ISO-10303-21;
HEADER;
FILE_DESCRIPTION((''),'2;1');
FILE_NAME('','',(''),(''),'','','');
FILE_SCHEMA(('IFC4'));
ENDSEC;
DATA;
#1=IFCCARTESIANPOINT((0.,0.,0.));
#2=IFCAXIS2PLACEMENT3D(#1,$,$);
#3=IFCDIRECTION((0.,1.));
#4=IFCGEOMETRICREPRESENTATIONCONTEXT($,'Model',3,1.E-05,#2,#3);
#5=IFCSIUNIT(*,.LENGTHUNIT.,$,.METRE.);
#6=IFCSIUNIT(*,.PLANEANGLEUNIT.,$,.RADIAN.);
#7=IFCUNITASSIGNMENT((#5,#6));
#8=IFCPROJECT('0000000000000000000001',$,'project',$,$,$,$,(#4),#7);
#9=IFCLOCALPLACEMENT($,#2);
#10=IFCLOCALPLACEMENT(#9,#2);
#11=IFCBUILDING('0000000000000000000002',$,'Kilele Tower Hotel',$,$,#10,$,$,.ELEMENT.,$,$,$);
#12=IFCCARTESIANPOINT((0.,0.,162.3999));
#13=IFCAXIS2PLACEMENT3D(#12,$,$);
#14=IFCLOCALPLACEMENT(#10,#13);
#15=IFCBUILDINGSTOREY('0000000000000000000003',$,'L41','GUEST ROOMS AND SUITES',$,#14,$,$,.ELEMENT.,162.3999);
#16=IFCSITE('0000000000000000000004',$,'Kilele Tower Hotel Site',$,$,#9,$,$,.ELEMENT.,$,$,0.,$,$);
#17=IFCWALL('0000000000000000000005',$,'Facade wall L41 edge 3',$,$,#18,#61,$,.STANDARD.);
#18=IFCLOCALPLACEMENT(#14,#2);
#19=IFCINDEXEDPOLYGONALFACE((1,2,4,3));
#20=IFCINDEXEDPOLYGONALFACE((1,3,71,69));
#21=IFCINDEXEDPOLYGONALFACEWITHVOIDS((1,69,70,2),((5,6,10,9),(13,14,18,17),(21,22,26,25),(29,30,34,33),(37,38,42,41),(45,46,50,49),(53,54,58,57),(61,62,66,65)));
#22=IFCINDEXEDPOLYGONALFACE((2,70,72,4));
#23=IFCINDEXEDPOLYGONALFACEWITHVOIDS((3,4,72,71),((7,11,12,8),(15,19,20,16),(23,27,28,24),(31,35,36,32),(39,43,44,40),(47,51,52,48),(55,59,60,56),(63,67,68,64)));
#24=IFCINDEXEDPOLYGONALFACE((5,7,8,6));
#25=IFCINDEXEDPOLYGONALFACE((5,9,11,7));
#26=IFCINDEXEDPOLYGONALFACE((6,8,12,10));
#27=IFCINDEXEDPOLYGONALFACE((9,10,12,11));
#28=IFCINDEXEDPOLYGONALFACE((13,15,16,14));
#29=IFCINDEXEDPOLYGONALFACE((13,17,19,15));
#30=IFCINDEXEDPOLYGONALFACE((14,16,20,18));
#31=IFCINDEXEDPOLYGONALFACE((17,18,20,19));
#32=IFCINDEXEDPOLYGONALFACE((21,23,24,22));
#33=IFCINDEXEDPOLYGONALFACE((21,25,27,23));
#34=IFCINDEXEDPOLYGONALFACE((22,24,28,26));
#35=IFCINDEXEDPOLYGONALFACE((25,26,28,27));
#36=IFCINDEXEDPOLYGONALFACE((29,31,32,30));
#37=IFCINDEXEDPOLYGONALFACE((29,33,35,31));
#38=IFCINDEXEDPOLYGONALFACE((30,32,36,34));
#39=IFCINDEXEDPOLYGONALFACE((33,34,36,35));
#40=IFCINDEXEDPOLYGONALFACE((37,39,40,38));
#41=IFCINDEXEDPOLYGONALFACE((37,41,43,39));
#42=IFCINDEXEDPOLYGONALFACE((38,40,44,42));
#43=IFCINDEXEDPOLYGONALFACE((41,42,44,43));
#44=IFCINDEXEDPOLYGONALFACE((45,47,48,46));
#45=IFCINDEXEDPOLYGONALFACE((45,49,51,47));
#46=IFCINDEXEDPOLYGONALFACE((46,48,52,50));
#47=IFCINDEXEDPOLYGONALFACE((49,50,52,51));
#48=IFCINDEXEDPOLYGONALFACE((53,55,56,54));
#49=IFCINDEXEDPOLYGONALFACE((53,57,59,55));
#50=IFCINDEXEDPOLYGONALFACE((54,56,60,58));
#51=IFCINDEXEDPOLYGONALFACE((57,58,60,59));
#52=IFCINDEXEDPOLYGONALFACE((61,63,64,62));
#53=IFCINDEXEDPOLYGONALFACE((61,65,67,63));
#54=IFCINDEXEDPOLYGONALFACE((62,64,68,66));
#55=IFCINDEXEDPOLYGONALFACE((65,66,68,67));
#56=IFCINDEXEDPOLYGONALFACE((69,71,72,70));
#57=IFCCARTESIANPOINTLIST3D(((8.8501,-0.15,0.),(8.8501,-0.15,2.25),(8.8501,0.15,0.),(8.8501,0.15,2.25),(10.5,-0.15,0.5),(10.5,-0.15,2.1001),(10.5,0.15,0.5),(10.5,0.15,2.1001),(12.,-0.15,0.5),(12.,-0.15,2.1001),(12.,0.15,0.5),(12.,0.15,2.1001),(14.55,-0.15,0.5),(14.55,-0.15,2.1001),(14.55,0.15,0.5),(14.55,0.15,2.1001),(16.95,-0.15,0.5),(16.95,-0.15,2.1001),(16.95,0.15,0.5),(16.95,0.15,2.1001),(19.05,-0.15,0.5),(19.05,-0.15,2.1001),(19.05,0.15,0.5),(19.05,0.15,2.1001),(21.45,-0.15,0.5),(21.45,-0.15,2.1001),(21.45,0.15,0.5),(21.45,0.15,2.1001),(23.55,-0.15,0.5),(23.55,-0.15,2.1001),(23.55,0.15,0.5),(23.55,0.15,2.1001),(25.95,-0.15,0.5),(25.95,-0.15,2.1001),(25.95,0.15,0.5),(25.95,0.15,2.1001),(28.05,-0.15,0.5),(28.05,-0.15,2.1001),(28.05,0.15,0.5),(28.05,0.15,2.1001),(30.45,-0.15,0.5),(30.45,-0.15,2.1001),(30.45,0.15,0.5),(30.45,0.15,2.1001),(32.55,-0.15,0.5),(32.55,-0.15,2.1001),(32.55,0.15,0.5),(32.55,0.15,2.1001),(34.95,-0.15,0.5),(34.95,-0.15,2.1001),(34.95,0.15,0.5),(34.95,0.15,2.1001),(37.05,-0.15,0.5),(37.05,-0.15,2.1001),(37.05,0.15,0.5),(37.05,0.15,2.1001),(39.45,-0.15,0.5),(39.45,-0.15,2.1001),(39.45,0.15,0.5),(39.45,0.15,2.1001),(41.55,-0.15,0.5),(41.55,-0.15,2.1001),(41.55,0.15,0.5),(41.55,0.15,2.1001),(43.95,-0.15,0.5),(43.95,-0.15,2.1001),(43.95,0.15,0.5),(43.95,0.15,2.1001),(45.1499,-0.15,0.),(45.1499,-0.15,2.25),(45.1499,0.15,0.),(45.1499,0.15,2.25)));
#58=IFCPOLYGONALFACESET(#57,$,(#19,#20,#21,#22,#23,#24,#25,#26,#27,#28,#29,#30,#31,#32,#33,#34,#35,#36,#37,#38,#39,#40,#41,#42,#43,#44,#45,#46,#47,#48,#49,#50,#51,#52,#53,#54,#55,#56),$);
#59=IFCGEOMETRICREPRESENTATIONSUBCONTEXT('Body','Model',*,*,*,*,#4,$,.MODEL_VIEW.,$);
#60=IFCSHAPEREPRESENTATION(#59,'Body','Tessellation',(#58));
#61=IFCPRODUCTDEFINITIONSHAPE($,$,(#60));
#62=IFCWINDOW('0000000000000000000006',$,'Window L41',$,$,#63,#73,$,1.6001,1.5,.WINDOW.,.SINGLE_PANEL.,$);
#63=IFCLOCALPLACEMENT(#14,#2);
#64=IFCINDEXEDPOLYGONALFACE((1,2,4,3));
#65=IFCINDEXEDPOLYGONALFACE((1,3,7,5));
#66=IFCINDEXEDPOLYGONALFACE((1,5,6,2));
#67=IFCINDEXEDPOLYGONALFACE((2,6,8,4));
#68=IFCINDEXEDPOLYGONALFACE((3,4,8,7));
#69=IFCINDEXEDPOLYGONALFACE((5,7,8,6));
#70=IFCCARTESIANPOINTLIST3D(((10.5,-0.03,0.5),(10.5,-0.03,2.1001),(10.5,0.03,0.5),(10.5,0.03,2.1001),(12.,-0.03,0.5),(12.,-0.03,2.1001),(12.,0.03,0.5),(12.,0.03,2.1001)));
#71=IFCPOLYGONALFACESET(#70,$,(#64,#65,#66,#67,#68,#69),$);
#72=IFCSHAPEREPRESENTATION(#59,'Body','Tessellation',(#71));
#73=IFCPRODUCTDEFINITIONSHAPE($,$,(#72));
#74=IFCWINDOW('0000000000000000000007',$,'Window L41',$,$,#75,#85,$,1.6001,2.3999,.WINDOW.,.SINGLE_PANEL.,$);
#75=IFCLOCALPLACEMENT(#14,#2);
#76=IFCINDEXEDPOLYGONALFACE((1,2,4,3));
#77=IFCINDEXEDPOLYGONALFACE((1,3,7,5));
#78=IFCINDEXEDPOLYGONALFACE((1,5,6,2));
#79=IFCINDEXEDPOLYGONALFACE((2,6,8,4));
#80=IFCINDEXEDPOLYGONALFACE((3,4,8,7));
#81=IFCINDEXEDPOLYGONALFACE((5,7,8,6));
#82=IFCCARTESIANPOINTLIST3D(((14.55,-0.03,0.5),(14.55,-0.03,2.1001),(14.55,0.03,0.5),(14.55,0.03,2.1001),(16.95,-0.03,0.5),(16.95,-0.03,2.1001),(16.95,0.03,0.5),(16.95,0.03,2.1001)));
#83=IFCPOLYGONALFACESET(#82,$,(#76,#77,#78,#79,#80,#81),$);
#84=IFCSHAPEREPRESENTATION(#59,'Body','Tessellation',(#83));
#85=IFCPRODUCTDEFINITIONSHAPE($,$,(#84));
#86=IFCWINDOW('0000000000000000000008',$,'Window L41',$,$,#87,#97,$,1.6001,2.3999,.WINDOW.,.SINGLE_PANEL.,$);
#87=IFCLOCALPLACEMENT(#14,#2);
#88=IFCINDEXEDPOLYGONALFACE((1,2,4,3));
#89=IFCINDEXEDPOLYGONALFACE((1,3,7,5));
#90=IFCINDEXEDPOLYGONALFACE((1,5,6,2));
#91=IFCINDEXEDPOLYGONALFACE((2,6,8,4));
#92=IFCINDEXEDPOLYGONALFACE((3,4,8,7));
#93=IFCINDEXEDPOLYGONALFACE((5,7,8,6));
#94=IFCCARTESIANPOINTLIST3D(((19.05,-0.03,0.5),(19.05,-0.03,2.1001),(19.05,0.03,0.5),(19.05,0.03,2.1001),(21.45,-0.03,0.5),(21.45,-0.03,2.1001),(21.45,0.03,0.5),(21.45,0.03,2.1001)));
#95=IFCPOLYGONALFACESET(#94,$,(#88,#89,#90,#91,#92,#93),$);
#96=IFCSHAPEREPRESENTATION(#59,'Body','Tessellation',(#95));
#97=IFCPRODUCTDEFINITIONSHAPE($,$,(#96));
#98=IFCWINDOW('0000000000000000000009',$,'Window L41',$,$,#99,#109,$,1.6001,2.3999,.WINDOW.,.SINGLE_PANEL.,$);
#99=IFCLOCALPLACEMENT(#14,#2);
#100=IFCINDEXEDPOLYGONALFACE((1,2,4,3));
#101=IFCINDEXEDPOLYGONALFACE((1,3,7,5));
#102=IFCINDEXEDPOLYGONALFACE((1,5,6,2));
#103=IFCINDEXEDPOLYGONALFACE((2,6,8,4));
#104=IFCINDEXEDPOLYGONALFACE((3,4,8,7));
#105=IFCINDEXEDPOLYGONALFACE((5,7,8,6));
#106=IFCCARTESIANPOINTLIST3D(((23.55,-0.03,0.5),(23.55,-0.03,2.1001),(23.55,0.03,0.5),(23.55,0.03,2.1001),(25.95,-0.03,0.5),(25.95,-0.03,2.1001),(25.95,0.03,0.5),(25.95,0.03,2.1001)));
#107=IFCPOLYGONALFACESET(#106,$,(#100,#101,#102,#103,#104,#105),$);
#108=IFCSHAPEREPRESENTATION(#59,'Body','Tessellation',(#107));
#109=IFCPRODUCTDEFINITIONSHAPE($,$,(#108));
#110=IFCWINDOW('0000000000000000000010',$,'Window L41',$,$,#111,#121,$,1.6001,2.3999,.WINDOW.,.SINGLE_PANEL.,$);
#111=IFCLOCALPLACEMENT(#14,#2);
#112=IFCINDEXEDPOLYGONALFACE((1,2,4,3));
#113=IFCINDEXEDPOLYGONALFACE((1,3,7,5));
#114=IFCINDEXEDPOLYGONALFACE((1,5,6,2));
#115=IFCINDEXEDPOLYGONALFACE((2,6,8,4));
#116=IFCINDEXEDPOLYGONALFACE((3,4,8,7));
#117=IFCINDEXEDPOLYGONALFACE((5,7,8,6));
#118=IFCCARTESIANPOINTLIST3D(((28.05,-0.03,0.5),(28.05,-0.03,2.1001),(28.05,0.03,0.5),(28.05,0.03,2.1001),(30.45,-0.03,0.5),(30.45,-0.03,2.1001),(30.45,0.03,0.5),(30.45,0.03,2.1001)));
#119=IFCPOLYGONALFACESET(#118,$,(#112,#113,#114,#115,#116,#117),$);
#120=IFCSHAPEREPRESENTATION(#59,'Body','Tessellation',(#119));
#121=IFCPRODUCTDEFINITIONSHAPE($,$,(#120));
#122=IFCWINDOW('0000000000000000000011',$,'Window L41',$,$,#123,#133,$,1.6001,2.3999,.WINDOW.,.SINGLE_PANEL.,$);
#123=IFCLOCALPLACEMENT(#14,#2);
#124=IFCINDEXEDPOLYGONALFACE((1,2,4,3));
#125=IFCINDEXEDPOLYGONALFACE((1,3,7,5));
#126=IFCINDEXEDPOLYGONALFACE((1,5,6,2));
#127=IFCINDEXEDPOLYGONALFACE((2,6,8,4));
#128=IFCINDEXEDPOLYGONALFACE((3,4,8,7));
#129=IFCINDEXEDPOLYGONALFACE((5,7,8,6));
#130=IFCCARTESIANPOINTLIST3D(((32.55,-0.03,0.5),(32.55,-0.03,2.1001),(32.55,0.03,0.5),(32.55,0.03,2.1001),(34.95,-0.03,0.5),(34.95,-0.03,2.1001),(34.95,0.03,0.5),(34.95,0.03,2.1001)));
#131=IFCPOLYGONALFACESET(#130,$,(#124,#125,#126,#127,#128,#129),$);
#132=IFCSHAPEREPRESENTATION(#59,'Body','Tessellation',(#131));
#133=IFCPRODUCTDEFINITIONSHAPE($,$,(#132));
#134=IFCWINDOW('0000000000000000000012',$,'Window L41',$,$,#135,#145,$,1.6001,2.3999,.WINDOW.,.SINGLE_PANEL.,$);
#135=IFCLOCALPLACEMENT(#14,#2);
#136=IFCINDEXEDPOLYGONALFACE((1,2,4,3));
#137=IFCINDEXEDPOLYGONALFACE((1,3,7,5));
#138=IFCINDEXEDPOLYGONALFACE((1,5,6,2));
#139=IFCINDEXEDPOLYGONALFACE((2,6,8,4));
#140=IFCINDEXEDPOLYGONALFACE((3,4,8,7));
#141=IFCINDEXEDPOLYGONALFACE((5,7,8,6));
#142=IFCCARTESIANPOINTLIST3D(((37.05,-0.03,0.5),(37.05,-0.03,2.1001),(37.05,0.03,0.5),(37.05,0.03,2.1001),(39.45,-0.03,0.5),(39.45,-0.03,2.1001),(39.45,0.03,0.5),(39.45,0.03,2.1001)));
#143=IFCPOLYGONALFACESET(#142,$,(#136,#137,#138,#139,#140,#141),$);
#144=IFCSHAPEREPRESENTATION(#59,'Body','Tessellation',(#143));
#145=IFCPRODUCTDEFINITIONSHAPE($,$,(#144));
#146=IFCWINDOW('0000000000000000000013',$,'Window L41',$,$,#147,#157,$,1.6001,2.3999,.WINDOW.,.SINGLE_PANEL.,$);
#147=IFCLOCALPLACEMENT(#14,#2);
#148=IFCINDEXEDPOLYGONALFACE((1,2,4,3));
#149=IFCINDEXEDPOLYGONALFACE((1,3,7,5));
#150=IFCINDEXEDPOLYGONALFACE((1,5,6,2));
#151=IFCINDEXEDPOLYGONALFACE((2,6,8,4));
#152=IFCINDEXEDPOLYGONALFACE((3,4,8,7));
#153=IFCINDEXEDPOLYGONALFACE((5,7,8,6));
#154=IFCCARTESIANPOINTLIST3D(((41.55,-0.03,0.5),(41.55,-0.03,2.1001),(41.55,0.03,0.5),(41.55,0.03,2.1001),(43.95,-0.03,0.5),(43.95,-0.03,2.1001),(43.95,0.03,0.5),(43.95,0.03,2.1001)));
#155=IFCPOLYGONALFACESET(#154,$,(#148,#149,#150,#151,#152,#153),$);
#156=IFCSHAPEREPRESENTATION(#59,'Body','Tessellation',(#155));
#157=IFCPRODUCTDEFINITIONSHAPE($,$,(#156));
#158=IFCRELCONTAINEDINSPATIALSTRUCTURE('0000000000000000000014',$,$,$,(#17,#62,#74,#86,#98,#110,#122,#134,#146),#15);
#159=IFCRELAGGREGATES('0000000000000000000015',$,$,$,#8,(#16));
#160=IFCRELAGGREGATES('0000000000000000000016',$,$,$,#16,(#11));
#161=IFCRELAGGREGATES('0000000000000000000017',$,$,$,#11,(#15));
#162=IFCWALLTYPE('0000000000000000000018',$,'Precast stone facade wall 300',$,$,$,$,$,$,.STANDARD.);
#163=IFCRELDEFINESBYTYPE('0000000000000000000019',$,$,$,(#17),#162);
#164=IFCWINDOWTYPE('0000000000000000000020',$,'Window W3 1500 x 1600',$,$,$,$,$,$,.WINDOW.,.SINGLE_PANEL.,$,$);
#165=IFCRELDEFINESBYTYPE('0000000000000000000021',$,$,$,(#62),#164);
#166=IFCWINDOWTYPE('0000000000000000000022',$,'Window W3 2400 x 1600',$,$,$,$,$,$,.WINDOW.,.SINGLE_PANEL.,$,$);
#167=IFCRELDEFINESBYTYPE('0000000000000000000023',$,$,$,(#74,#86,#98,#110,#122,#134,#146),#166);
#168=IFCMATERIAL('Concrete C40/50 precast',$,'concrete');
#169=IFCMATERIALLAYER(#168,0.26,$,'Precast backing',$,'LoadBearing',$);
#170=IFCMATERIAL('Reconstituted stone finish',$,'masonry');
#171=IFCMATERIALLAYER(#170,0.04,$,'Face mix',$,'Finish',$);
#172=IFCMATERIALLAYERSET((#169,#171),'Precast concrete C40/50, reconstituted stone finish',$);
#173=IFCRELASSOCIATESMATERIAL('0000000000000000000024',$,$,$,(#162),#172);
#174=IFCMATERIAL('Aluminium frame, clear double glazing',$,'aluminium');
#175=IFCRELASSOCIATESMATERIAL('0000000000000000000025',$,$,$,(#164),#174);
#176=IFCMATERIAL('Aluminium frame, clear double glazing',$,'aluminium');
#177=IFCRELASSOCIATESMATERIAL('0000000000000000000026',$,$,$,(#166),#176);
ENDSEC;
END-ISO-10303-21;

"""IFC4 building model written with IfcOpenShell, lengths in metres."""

from ifc_helpers import new_model, si_unit, direction, frame, frame_2d, origin, place, context, subcontext, project, spatial, rectangle, extrude, material, layer, layer_set, type_object, element, fill, save


model = new_model("IFC4")

# Units and contexts
model_context = context("Model", 3, precision=1e-05, world=origin(), true_north=direction((0.0, 1.0)))
body_context = subcontext(model_context, "Body", "Model", "MODEL_VIEW")
ifc_project = project(units=[si_unit("LENGTHUNIT", "METRE"), si_unit("PLANEANGLEUNIT", "RADIAN")], contexts=[model_context])

# Site, building, storey
site_placement = place(None, origin())
site = spatial("IfcSite", under=ifc_project, at=site_placement, Name="Kilele Tower Hotel Site", CompositionType="ELEMENT", RefElevation=0.0)
building_placement = place(site_placement, origin())
building = spatial("IfcBuilding", under=site, at=building_placement, Name="Kilele Tower Hotel", CompositionType="ELEMENT")
storey_placement = place(building_placement, frame((0.0, 0.0, 162.3999)))
storey = spatial("IfcBuildingStorey", under=building, at=storey_placement, Name="L41", Description="GUEST ROOMS AND SUITES", CompositionType="ELEMENT", Elevation=162.3999)

# Shared definitions
ifc_material_1 = material(Name="Concrete C40/50 precast", Category="concrete")
ifc_layer_1 = layer(ifc_material_1, 0.26, Name="Precast backing", Category="LoadBearing")
ifc_material_2 = material(Name="Reconstituted stone finish", Category="masonry")
ifc_layer_2 = layer(ifc_material_2, 0.04, Name="Face mix", Category="Finish")
ifc_layer_set_1 = layer_set([ifc_layer_1, ifc_layer_2], Name="Precast concrete C40/50, reconstituted stone finish")
wall_type = type_object("IfcWallType", Name="Precast stone facade wall 300", PredefinedType="STANDARD", material=ifc_layer_set_1)

# Wall, openings, windows
wall_1_placement = place(storey_placement, frame((8.8501, 0.0, 0.0), z_axis=(0.0, 0.0, 1.0), x_axis=(1.0, 0.0, 0.0)))
wall_1 = element("IfcWall", 1, at=wall_1_placement, inside=storey, type_object=wall_type, Name="Facade wall L41 edge 3", PredefinedType="STANDARD", context=body_context, shape_type="SweptSolid", body=[
    extrude(rectangle(XDim=36.2998, YDim=0.3, at=frame_2d((18.1499, 0.0))), origin(), (0.0, 0.0, 1.0), 2.25),
])
opening_1_placement = place(wall_1_placement, frame((1.6499, 0.0, 0.5)))
opening_1 = element("IfcOpeningElement", 2, at=opening_1_placement, cuts=wall_1, PredefinedType="OPENING", context=body_context, shape_type="SweptSolid", body=[
    extrude(rectangle(XDim=1.5, YDim=1.6001, at=frame_2d((0.75, 0.8))), frame((0.0, 0.1599, 0.0), z_axis=(0.0, -1.0, 0.0), x_axis=(1.0, 0.0, 0.0)), (0.0, 0.0, 1.0), 0.3201),
])
opening_2_placement = place(wall_1_placement, frame((5.7, 0.0, 0.5)))
opening_2 = element("IfcOpeningElement", 3, at=opening_2_placement, cuts=wall_1, PredefinedType="OPENING", context=body_context, shape_type="SweptSolid", body=[
    extrude(rectangle(XDim=2.3999, YDim=1.6001, at=frame_2d((1.2, 0.8))), frame((0.0, 0.1599, 0.0), z_axis=(0.0, -1.0, 0.0), x_axis=(1.0, 0.0, 0.0)), (0.0, 0.0, 1.0), 0.3201),
])
opening_3_placement = place(wall_1_placement, frame((10.2, 0.0, 0.5)))
opening_3 = element("IfcOpeningElement", 4, at=opening_3_placement, cuts=wall_1, PredefinedType="OPENING", context=body_context, shape_type="SweptSolid", body=[
    extrude(rectangle(XDim=2.3999, YDim=1.6001, at=frame_2d((1.2, 0.8))), frame((0.0, 0.1599, 0.0), z_axis=(0.0, -1.0, 0.0), x_axis=(1.0, 0.0, 0.0)), (0.0, 0.0, 1.0), 0.3201),
])
opening_4_placement = place(wall_1_placement, frame((14.7, 0.0, 0.5)))
opening_4 = element("IfcOpeningElement", 5, at=opening_4_placement, cuts=wall_1, PredefinedType="OPENING", context=body_context, shape_type="SweptSolid", body=[
    extrude(rectangle(XDim=2.3999, YDim=1.6001, at=frame_2d((1.2, 0.8))), frame((0.0, 0.1599, 0.0), z_axis=(0.0, -1.0, 0.0), x_axis=(1.0, 0.0, 0.0)), (0.0, 0.0, 1.0), 0.3201),
])
opening_5_placement = place(wall_1_placement, frame((19.2, 0.0, 0.5)))
opening_5 = element("IfcOpeningElement", 6, at=opening_5_placement, cuts=wall_1, PredefinedType="OPENING", context=body_context, shape_type="SweptSolid", body=[
    extrude(rectangle(XDim=2.3999, YDim=1.6001, at=frame_2d((1.2, 0.8))), frame((0.0, 0.1599, 0.0), z_axis=(0.0, -1.0, 0.0), x_axis=(1.0, 0.0, 0.0)), (0.0, 0.0, 1.0), 0.3201),
])
opening_6_placement = place(wall_1_placement, frame((23.7, 0.0, 0.5)))
opening_6 = element("IfcOpeningElement", 7, at=opening_6_placement, cuts=wall_1, PredefinedType="OPENING", context=body_context, shape_type="SweptSolid", body=[
    extrude(rectangle(XDim=2.3999, YDim=1.6001, at=frame_2d((1.2, 0.8))), frame((0.0, 0.1599, 0.0), z_axis=(0.0, -1.0, 0.0), x_axis=(1.0, 0.0, 0.0)), (0.0, 0.0, 1.0), 0.3201),
])
opening_7_placement = place(wall_1_placement, frame((28.2, 0.0, 0.5)))
opening_7 = element("IfcOpeningElement", 8, at=opening_7_placement, cuts=wall_1, PredefinedType="OPENING", context=body_context, shape_type="SweptSolid", body=[
    extrude(rectangle(XDim=2.3999, YDim=1.6001, at=frame_2d((1.2, 0.8))), frame((0.0, 0.1599, 0.0), z_axis=(0.0, -1.0, 0.0), x_axis=(1.0, 0.0, 0.0)), (0.0, 0.0, 1.0), 0.3201),
])
opening_8_placement = place(wall_1_placement, frame((32.7, 0.0, 0.5)))
opening_8 = element("IfcOpeningElement", 9, at=opening_8_placement, cuts=wall_1, PredefinedType="OPENING", context=body_context, shape_type="SweptSolid", body=[
    extrude(rectangle(XDim=2.3999, YDim=1.6001, at=frame_2d((1.2, 0.8))), frame((0.0, 0.1599, 0.0), z_axis=(0.0, -1.0, 0.0), x_axis=(1.0, 0.0, 0.0)), (0.0, 0.0, 1.0), 0.3201),
])
ifc_material_3 = material(Name="Aluminium frame, clear double glazing", Category="aluminium")
window_type_1 = type_object("IfcWindowType", Name="Window W3 1500 x 1600", PartitioningType="SINGLE_PANEL", PredefinedType="WINDOW", material=ifc_material_3)
window_1_placement = place(opening_1_placement, origin())
window_1 = element("IfcWindow", 10, at=window_1_placement, inside=storey, type_object=window_type_1, Name="Window L41", OverallHeight=1.6001, OverallWidth=1.5, PartitioningType="SINGLE_PANEL", PredefinedType="WINDOW", context=body_context, shape_type="SweptSolid", body=[
    extrude(rectangle(XDim=1.5, YDim=1.6001, at=frame_2d((0.75, 0.8))), frame((0.0, 0.03, 0.0), z_axis=(0.0, -1.0, 0.0), x_axis=(1.0, 0.0, 0.0)), (0.0, 0.0, 1.0), 0.0601),
])
fill(opening_1, window_1)
ifc_material_4 = material(Name="Aluminium frame, clear double glazing", Category="aluminium")
window_type_2 = type_object("IfcWindowType", Name="Window W3 2400 x 1600", PartitioningType="SINGLE_PANEL", PredefinedType="WINDOW", material=ifc_material_4)
window_2_placement = place(opening_2_placement, origin())
window_2 = element("IfcWindow", 11, at=window_2_placement, inside=storey, type_object=window_type_2, Name="Window L41", OverallHeight=1.6001, OverallWidth=2.3999, PartitioningType="SINGLE_PANEL", PredefinedType="WINDOW", context=body_context, shape_type="SweptSolid", body=[
    extrude(rectangle(XDim=2.3999, YDim=1.6001, at=frame_2d((1.2, 0.8))), frame((0.0, 0.03, 0.0), z_axis=(0.0, -1.0, 0.0), x_axis=(1.0, 0.0, 0.0)), (0.0, 0.0, 1.0), 0.0601),
])
fill(opening_2, window_2)
window_3_placement = place(opening_3_placement, origin())
window_3 = element("IfcWindow", 12, at=window_3_placement, inside=storey, type_object=window_type_2, Name="Window L41", OverallHeight=1.6001, OverallWidth=2.3999, PartitioningType="SINGLE_PANEL", PredefinedType="WINDOW", context=body_context, shape_type="SweptSolid", body=[
    extrude(rectangle(XDim=2.3999, YDim=1.6001, at=frame_2d((1.2, 0.8))), frame((0.0, 0.03, 0.0), z_axis=(0.0, -1.0, 0.0), x_axis=(1.0, 0.0, 0.0)), (0.0, 0.0, 1.0), 0.0601),
])
fill(opening_3, window_3)
window_4_placement = place(opening_4_placement, origin())
window_4 = element("IfcWindow", 13, at=window_4_placement, inside=storey, type_object=window_type_2, Name="Window L41", OverallHeight=1.6001, OverallWidth=2.3999, PartitioningType="SINGLE_PANEL", PredefinedType="WINDOW", context=body_context, shape_type="SweptSolid", body=[
    extrude(rectangle(XDim=2.3999, YDim=1.6001, at=frame_2d((1.2, 0.8))), frame((0.0, 0.03, 0.0), z_axis=(0.0, -1.0, 0.0), x_axis=(1.0, 0.0, 0.0)), (0.0, 0.0, 1.0), 0.0601),
])
fill(opening_4, window_4)
window_5_placement = place(opening_5_placement, origin())
window_5 = element("IfcWindow", 14, at=window_5_placement, inside=storey, type_object=window_type_2, Name="Window L41", OverallHeight=1.6001, OverallWidth=2.3999, PartitioningType="SINGLE_PANEL", PredefinedType="WINDOW", context=body_context, shape_type="SweptSolid", body=[
    extrude(rectangle(XDim=2.3999, YDim=1.6001, at=frame_2d((1.2, 0.8))), frame((0.0, 0.03, 0.0), z_axis=(0.0, -1.0, 0.0), x_axis=(1.0, 0.0, 0.0)), (0.0, 0.0, 1.0), 0.0601),
])
fill(opening_5, window_5)
window_6_placement = place(opening_6_placement, origin())
window_6 = element("IfcWindow", 15, at=window_6_placement, inside=storey, type_object=window_type_2, Name="Window L41", OverallHeight=1.6001, OverallWidth=2.3999, PartitioningType="SINGLE_PANEL", PredefinedType="WINDOW", context=body_context, shape_type="SweptSolid", body=[
    extrude(rectangle(XDim=2.3999, YDim=1.6001, at=frame_2d((1.2, 0.8))), frame((0.0, 0.03, 0.0), z_axis=(0.0, -1.0, 0.0), x_axis=(1.0, 0.0, 0.0)), (0.0, 0.0, 1.0), 0.0601),
])
fill(opening_6, window_6)
window_7_placement = place(opening_7_placement, origin())
window_7 = element("IfcWindow", 16, at=window_7_placement, inside=storey, type_object=window_type_2, Name="Window L41", OverallHeight=1.6001, OverallWidth=2.3999, PartitioningType="SINGLE_PANEL", PredefinedType="WINDOW", context=body_context, shape_type="SweptSolid", body=[
    extrude(rectangle(XDim=2.3999, YDim=1.6001, at=frame_2d((1.2, 0.8))), frame((0.0, 0.03, 0.0), z_axis=(0.0, -1.0, 0.0), x_axis=(1.0, 0.0, 0.0)), (0.0, 0.0, 1.0), 0.0601),
])
fill(opening_7, window_7)
window_8_placement = place(opening_8_placement, origin())
window_8 = element("IfcWindow", 17, at=window_8_placement, inside=storey, type_object=window_type_2, Name="Window L41", OverallHeight=1.6001, OverallWidth=2.3999, PartitioningType="SINGLE_PANEL", PredefinedType="WINDOW", context=body_context, shape_type="SweptSolid", body=[
    extrude(rectangle(XDim=2.3999, YDim=1.6001, at=frame_2d((1.2, 0.8))), frame((0.0, 0.03, 0.0), z_axis=(0.0, -1.0, 0.0), x_axis=(1.0, 0.0, 0.0)), (0.0, 0.0, 1.0), 0.0601),
])
fill(opening_8, window_8)

save(model, "model.ifc")
